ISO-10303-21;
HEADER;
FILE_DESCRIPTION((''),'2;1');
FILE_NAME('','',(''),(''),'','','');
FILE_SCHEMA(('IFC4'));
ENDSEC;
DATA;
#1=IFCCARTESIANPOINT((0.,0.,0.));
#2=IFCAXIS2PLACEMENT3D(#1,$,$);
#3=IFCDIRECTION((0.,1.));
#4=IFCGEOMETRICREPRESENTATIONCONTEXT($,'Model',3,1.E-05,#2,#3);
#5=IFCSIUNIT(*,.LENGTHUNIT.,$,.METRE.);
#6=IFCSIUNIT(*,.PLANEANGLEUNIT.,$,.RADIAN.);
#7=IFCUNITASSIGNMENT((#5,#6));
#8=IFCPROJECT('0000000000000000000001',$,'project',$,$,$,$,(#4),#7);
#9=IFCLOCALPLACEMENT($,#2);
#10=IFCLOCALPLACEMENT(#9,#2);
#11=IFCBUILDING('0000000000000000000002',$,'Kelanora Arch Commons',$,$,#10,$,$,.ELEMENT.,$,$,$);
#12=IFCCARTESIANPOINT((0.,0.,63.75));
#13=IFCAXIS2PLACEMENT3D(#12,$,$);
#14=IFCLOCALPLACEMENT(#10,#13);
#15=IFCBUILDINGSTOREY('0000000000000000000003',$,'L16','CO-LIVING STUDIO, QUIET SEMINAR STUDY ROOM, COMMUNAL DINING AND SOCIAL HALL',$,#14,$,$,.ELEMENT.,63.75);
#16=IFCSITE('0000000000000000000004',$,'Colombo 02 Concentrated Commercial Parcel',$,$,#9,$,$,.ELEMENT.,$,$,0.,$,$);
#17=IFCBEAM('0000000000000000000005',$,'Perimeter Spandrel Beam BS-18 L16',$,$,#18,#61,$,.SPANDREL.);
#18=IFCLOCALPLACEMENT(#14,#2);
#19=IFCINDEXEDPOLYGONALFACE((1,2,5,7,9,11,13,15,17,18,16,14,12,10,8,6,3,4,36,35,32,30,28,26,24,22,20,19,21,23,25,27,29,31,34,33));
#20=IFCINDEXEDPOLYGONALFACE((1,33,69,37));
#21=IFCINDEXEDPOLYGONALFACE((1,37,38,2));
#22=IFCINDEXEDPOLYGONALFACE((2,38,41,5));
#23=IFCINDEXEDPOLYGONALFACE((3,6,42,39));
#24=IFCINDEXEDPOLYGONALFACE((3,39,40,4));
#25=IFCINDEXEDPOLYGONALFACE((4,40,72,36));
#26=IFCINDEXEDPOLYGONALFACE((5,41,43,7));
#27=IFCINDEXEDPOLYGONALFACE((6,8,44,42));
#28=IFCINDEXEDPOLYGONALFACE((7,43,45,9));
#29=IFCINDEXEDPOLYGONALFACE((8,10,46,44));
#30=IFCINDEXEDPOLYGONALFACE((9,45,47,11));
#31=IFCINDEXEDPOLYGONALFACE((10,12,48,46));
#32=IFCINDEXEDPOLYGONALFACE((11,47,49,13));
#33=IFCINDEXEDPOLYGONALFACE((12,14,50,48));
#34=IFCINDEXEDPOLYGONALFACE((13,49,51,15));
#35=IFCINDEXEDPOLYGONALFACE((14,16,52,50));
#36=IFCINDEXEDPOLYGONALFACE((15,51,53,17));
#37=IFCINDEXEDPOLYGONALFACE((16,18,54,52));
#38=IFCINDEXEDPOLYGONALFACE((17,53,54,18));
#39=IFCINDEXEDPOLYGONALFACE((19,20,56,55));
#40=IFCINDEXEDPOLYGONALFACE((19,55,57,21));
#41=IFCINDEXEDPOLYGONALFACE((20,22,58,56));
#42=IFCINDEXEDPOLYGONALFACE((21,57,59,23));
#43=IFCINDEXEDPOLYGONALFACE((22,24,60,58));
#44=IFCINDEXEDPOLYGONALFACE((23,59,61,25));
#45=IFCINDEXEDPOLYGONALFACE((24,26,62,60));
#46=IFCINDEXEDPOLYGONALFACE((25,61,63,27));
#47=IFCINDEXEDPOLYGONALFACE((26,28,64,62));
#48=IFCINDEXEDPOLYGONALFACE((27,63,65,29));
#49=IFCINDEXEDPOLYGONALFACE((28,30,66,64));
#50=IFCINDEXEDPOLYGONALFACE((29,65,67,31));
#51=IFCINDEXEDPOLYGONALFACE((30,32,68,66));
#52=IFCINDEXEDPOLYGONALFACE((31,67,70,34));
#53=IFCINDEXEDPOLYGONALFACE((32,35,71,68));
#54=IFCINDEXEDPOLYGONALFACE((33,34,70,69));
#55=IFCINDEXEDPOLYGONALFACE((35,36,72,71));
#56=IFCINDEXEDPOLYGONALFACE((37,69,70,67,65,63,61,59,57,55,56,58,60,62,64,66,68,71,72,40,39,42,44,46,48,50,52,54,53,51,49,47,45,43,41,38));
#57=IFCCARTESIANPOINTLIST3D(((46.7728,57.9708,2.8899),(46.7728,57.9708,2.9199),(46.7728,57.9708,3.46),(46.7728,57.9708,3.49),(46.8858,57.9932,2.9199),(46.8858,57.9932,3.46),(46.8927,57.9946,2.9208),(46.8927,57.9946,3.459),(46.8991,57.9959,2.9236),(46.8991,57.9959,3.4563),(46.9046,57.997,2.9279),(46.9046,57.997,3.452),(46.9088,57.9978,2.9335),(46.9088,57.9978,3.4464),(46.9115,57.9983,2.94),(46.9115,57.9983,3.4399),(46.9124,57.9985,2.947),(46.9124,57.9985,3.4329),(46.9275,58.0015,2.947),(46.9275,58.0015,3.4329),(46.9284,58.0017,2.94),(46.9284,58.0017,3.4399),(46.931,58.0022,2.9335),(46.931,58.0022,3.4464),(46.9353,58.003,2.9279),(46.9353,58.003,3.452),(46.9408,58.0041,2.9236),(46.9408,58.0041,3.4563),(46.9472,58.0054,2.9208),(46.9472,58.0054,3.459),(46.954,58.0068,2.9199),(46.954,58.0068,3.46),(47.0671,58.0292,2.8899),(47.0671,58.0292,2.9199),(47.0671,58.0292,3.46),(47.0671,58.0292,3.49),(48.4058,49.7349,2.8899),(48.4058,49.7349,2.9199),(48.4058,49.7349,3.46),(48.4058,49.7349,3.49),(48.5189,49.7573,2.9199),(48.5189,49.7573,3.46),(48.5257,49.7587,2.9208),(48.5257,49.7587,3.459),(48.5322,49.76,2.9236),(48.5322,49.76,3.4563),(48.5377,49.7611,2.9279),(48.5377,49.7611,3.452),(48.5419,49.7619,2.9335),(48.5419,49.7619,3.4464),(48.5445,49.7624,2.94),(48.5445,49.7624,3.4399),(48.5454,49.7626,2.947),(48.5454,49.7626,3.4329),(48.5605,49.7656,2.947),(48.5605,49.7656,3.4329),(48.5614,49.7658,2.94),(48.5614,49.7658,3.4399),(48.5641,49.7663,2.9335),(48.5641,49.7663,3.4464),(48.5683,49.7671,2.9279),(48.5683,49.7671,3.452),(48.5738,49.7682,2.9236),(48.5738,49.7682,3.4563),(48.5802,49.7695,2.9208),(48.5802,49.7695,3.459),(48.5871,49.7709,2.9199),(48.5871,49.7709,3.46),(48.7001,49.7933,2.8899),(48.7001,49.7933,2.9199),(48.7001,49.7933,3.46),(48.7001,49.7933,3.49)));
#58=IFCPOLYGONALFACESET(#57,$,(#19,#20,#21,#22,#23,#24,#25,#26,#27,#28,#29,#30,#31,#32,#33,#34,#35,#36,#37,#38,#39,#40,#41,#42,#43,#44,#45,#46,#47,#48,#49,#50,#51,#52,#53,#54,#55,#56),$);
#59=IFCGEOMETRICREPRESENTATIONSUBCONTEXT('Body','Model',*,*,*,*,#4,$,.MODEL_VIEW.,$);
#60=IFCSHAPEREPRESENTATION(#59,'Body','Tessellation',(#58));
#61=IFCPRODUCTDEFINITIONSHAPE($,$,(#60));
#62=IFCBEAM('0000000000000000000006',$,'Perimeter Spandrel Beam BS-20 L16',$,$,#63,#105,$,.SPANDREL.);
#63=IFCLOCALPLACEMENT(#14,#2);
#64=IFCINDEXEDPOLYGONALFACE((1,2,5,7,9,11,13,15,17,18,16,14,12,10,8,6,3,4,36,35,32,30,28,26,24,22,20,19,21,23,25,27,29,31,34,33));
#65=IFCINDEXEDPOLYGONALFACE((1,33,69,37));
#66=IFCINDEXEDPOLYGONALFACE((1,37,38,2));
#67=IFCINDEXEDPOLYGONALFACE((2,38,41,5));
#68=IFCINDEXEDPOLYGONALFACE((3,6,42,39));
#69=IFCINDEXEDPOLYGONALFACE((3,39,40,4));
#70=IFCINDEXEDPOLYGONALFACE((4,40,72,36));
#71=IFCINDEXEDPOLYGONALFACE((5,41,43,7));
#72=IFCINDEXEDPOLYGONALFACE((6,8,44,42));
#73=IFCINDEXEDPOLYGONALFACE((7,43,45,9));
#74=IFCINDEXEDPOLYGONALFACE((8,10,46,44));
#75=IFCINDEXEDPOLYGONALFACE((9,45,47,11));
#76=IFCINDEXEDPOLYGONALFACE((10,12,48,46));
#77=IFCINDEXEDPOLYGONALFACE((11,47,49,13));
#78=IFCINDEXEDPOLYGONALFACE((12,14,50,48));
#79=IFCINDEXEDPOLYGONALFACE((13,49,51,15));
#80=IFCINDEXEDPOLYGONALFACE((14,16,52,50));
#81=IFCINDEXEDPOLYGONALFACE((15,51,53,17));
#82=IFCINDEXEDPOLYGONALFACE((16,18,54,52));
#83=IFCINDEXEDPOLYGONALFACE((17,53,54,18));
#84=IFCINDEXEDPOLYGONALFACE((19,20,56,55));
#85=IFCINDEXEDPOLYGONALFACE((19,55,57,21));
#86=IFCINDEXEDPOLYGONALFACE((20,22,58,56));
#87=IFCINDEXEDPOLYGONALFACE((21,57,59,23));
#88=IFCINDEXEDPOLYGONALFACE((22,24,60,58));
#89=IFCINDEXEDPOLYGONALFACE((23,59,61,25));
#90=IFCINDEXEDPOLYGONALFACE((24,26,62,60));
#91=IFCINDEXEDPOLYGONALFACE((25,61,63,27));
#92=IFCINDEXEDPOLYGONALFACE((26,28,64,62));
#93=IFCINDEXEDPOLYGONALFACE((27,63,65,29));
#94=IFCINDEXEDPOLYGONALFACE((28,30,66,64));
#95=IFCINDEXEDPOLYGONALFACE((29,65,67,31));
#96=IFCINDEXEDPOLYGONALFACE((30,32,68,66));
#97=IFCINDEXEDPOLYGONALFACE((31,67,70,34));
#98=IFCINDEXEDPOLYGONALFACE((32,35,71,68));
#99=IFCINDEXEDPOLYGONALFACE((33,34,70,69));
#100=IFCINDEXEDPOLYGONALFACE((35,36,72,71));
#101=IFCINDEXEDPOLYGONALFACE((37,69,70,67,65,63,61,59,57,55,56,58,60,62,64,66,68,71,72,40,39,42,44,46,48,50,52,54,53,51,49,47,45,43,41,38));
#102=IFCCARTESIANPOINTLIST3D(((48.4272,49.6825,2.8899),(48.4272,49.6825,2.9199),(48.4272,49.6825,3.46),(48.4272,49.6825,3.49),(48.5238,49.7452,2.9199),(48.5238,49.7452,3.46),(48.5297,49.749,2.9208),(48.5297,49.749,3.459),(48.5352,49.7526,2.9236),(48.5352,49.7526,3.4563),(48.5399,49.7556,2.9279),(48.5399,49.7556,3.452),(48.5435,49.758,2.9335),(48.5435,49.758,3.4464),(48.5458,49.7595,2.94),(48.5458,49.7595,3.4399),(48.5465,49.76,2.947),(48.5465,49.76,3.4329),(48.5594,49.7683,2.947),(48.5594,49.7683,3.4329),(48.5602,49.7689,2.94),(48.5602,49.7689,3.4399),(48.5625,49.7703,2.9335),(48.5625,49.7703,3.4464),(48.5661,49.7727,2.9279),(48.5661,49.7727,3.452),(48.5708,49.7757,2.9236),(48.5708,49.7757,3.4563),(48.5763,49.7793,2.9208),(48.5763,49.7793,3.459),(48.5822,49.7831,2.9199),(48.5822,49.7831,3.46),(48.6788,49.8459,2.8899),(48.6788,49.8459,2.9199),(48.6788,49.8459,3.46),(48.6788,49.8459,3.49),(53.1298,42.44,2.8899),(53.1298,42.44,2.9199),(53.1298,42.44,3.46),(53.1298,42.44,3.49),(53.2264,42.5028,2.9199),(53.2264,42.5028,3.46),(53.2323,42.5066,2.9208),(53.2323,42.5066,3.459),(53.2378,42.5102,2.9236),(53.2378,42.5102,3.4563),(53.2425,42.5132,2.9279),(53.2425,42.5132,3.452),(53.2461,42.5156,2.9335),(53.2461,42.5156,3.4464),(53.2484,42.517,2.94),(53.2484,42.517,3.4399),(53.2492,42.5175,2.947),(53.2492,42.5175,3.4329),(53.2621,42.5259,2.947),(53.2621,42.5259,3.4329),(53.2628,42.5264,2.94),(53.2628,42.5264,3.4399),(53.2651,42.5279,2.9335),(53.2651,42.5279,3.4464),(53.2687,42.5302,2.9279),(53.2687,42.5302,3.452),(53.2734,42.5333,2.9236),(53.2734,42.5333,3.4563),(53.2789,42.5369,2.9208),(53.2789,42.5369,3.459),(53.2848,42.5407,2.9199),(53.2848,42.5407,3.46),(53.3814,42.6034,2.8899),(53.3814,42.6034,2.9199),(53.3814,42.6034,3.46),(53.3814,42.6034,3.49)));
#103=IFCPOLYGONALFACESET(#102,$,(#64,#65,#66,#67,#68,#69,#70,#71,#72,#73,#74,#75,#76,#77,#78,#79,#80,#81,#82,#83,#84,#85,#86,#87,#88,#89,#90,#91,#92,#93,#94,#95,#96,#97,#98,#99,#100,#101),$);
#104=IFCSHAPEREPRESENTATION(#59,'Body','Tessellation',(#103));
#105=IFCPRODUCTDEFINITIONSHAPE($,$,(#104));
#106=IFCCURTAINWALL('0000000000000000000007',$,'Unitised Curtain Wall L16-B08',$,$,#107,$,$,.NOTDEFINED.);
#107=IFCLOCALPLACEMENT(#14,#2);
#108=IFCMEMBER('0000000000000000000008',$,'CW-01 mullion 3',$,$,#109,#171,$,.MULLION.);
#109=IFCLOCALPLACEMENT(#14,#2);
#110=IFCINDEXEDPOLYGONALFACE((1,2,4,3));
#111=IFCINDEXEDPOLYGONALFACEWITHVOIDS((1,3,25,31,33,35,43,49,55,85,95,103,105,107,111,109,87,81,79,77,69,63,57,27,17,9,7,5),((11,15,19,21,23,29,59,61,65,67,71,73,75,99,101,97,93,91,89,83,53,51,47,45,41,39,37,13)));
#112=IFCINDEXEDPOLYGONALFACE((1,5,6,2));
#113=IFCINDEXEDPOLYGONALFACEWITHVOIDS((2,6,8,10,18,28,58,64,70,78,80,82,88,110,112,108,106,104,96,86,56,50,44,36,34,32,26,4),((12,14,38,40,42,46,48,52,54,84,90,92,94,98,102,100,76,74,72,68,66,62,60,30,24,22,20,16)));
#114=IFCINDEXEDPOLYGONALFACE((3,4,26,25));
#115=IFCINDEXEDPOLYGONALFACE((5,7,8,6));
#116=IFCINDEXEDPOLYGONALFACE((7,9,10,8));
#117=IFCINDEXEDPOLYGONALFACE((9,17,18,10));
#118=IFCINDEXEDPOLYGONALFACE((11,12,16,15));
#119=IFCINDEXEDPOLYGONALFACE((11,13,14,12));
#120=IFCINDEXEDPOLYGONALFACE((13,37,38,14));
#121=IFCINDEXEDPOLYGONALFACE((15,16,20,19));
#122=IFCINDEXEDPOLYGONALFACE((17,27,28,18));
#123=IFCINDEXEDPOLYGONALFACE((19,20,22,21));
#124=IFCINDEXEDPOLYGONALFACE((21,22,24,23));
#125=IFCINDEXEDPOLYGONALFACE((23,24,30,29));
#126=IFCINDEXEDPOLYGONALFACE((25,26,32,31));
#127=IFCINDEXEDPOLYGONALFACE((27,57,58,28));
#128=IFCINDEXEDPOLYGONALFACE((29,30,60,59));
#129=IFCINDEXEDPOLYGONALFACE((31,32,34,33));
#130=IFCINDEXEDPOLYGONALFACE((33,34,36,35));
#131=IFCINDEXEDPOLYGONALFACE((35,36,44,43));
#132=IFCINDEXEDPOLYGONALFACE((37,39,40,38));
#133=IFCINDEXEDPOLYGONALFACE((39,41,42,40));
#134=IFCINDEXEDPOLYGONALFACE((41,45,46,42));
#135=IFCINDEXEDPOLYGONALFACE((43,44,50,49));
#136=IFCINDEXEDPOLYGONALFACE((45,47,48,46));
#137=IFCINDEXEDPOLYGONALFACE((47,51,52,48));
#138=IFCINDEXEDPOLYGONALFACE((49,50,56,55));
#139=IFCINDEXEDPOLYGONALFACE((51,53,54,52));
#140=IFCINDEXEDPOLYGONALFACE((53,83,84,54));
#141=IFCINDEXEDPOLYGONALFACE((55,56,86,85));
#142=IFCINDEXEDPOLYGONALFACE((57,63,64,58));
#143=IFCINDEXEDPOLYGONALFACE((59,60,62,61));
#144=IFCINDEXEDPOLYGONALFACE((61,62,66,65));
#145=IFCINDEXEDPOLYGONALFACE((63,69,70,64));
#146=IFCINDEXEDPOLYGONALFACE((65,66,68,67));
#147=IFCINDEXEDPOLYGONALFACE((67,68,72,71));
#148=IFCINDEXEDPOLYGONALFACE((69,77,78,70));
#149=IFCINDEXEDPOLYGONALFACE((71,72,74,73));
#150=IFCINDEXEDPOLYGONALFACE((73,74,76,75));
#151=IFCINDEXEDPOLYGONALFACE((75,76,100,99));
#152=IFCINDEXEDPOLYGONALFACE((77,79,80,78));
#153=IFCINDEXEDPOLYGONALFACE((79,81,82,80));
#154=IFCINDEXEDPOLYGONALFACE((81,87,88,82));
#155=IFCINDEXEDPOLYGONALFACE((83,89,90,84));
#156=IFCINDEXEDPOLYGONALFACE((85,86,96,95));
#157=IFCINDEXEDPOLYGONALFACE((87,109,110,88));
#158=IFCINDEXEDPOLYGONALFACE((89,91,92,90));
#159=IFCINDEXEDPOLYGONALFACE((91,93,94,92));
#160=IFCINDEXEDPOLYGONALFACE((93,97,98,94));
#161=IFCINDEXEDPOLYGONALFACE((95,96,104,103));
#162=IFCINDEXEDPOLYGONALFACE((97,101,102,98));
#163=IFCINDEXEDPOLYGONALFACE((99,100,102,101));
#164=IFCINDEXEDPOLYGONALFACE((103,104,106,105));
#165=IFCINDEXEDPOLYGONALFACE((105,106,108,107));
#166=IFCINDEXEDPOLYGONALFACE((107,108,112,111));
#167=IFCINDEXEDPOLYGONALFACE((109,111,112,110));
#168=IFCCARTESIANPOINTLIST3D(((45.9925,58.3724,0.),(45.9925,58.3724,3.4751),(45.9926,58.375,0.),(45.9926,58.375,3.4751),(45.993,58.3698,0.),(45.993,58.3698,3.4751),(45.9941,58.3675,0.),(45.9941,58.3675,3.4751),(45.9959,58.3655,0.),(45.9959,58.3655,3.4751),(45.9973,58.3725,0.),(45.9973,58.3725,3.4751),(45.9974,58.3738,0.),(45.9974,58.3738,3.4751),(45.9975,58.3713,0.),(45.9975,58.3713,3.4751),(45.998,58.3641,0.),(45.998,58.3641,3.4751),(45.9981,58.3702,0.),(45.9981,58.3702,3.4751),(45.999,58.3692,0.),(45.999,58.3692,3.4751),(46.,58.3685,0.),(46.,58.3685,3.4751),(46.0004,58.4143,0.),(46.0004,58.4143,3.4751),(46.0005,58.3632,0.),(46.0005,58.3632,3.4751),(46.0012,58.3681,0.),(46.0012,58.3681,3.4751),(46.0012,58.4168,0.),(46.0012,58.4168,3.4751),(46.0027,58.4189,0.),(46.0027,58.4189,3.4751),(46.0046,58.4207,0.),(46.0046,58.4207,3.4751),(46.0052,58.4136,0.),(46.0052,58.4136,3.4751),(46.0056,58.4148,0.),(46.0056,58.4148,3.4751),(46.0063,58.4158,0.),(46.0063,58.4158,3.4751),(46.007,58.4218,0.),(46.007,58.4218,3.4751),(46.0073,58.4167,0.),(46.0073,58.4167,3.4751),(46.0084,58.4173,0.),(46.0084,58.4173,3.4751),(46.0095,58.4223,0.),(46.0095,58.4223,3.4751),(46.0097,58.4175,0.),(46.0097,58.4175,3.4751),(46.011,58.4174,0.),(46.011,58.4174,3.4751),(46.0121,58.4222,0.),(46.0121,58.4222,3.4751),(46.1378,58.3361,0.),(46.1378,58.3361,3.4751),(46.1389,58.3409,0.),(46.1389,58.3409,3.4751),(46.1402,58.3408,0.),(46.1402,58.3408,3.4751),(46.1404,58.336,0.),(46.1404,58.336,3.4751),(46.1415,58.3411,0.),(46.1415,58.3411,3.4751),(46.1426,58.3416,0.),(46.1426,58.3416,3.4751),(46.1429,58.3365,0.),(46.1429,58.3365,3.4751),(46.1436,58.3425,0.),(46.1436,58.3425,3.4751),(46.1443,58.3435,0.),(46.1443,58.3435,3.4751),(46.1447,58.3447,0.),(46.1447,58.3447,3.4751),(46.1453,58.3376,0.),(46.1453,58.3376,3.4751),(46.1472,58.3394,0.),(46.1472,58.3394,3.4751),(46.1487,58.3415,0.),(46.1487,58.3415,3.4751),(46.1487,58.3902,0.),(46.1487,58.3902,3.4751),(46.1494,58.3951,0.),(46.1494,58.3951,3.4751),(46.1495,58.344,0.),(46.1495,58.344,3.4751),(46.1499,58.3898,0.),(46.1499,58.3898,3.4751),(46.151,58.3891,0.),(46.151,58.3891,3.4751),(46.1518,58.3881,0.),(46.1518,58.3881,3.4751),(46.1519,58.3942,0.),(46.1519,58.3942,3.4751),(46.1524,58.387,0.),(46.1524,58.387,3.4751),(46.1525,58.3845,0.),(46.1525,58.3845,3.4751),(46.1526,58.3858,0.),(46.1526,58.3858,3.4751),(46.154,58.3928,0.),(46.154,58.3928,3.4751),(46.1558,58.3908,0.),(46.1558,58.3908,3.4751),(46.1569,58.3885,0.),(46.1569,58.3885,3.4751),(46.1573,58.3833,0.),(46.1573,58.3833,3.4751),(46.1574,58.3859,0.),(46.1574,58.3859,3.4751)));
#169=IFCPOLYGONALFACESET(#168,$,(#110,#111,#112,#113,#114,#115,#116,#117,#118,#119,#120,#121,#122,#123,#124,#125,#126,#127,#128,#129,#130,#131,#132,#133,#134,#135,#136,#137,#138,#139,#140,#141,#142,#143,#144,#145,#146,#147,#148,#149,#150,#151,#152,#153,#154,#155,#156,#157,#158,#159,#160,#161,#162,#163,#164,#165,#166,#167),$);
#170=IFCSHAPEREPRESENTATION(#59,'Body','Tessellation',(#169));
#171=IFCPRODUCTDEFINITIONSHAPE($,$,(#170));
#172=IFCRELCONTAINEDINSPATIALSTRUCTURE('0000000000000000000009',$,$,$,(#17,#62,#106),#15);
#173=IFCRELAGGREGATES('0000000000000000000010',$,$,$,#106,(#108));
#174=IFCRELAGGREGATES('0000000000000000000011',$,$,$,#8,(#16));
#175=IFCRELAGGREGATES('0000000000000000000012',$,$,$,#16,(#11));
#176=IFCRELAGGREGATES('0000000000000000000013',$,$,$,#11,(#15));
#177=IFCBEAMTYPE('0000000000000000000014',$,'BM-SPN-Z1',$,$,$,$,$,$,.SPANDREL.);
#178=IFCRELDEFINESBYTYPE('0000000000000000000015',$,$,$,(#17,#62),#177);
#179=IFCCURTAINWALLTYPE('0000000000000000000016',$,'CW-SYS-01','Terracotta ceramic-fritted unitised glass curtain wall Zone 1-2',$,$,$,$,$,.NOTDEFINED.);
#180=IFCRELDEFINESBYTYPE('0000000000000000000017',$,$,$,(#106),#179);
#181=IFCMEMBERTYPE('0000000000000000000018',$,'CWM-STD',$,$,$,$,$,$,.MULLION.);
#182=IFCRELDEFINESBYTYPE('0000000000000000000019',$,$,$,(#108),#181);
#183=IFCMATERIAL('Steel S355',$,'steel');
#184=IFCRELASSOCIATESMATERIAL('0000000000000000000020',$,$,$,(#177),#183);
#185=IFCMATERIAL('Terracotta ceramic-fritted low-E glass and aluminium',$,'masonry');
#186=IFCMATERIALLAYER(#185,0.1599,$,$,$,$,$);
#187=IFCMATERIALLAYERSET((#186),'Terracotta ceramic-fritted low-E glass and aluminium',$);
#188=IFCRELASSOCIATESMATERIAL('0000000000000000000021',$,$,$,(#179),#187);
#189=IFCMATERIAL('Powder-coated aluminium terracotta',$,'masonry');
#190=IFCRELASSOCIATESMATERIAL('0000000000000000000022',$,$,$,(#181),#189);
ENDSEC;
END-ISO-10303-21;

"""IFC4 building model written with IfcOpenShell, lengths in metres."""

from ifc_helpers import new_model, si_unit, direction, frame, origin, origin_2d, place, context, subcontext, project, spatial, hollow_rectangle, i_section, extrude, material, layer, layer_set, material_profile, profile_set, type_object, element, aggregate, save


model = new_model("IFC4")

# Units and contexts
model_context = context("Model", 3, precision=1e-05, world=origin(), true_north=direction((0.0, 1.0)))
body_context = subcontext(model_context, "Body", "Model", "MODEL_VIEW")
ifc_project = project(units=[si_unit("LENGTHUNIT", "METRE"), si_unit("PLANEANGLEUNIT", "RADIAN")], contexts=[model_context])

# Site, building, storey
site_placement = place(None, origin())
site = spatial("IfcSite", under=ifc_project, at=site_placement, Name="Colombo 02 Concentrated Commercial Parcel", CompositionType="ELEMENT", RefElevation=0.0)
building_placement = place(site_placement, origin())
building = spatial("IfcBuilding", under=site, at=building_placement, Name="Kelanora Arch Commons", CompositionType="ELEMENT")
storey_placement = place(building_placement, frame((0.0, 0.0, 63.75)))
storey = spatial("IfcBuildingStorey", under=building, at=storey_placement, Name="L16", Description="CO-LIVING STUDIO, QUIET SEMINAR STUDY ROOM, COMMUNAL DINING AND SOCIAL HALL", CompositionType="ELEMENT", Elevation=63.75)

# Beams
ifc_material_1 = material(Name="Steel S355", Category="steel")
ifc_material_profile_1 = material_profile(ifc_material_1, i_section(OverallWidth=0.3, OverallDepth=0.6001, WebThickness=0.0154, FlangeThickness=0.03, FilletRadius=0.0271, at=origin_2d()), Name="HEB600")
ifc_profile_set_1 = profile_set([ifc_material_profile_1], Name="Steel S355")
beam_type_1 = type_object("IfcBeamType", Name="BM-SPN-Z1", PredefinedType="SPANDREL", material=ifc_profile_set_1)
beam_1_placement = place(storey_placement, frame((46.9199, 58.0, 3.1899), z_axis=(0.1945, -0.980903, 0.0), x_axis=(0.980903, 0.1945, 0.0)))
element("IfcBeam", 1, at=beam_1_placement, inside=storey, type_object=beam_type_1, Name="Perimeter Spandrel Beam BS-18 L16", PredefinedType="SPANDREL", context=body_context, shape_type="SweptSolid", body=[
    extrude(i_section(OverallWidth=0.3, OverallDepth=0.6001, WebThickness=0.0154, FlangeThickness=0.03, FilletRadius=0.0271, at=origin_2d()), origin(), (0.0, 0.0, 1.0), 8.3962),
])
beam_2_placement = place(storey_placement, frame((48.553, 49.7642, 3.1899), z_axis=(0.544586, -0.838705, 0.0), x_axis=(0.838705, 0.544586, 0.0)))
element("IfcBeam", 2, at=beam_2_placement, inside=storey, type_object=beam_type_1, Name="Perimeter Spandrel Beam BS-20 L16", PredefinedType="SPANDREL", context=body_context, shape_type="SweptSolid", body=[
    extrude(i_section(OverallWidth=0.3, OverallDepth=0.6001, WebThickness=0.0154, FlangeThickness=0.03, FilletRadius=0.0271, at=origin_2d()), origin(), (0.0, 0.0, 1.0), 8.6353),
])

# Curtain wall, member
ifc_material_2 = material(Name="Terracotta ceramic-fritted low-E glass and aluminium", Category="masonry")
ifc_layer_1 = layer(ifc_material_2, 0.1599)
ifc_layer_set_1 = layer_set([ifc_layer_1], Name="Terracotta ceramic-fritted low-E glass and aluminium")
curtain_wall_type = type_object("IfcCurtainWallType", Name="CW-SYS-01", Description="Terracotta ceramic-fritted unitised glass curtain wall Zone 1-2", PredefinedType="NOTDEFINED", material=ifc_layer_set_1)
curtain_wall_1_placement = place(storey_placement, origin())
curtain_wall_1 = element("IfcCurtainWall", 3, at=curtain_wall_1_placement, inside=storey, type_object=curtain_wall_type, Name="Unitised Curtain Wall L16-B08", PredefinedType="NOTDEFINED")
ifc_material_3 = material(Name="Powder-coated aluminium terracotta", Category="masonry")
ifc_material_profile_2 = material_profile(ifc_material_3, hollow_rectangle(XDim=0.1599, YDim=0.0601, WallThickness=0.0049, InnerFilletRadius=0.0049, OuterFilletRadius=0.01, at=origin_2d()), Name="CWM160x60")
ifc_profile_set_2 = profile_set([ifc_material_profile_2], Name="Powder-coated aluminium terracotta")
member_type_1 = type_object("IfcMemberType", Name="CWM-STD", PredefinedType="MULLION", material=ifc_profile_set_2)
member_1_placement = place(storey_placement, frame((46.075, 58.3792, 0.0), z_axis=(0.0, 0.0, 1.0), x_axis=(0.981052, -0.193744, 0.0)))
member_1 = element("IfcMember", 4, at=member_1_placement, type_object=member_type_1, Name="CW-01 mullion 3", PredefinedType="MULLION", context=body_context, shape_type="SweptSolid", body=[
    extrude(hollow_rectangle(XDim=0.1599, YDim=0.0601, WallThickness=0.0049, InnerFilletRadius=0.0049, OuterFilletRadius=0.01, at=origin_2d()), origin(), (0.0, 0.0, 1.0), 3.4751),
])
aggregate(curtain_wall_1, [member_1])

save(model, "model.ifc")
